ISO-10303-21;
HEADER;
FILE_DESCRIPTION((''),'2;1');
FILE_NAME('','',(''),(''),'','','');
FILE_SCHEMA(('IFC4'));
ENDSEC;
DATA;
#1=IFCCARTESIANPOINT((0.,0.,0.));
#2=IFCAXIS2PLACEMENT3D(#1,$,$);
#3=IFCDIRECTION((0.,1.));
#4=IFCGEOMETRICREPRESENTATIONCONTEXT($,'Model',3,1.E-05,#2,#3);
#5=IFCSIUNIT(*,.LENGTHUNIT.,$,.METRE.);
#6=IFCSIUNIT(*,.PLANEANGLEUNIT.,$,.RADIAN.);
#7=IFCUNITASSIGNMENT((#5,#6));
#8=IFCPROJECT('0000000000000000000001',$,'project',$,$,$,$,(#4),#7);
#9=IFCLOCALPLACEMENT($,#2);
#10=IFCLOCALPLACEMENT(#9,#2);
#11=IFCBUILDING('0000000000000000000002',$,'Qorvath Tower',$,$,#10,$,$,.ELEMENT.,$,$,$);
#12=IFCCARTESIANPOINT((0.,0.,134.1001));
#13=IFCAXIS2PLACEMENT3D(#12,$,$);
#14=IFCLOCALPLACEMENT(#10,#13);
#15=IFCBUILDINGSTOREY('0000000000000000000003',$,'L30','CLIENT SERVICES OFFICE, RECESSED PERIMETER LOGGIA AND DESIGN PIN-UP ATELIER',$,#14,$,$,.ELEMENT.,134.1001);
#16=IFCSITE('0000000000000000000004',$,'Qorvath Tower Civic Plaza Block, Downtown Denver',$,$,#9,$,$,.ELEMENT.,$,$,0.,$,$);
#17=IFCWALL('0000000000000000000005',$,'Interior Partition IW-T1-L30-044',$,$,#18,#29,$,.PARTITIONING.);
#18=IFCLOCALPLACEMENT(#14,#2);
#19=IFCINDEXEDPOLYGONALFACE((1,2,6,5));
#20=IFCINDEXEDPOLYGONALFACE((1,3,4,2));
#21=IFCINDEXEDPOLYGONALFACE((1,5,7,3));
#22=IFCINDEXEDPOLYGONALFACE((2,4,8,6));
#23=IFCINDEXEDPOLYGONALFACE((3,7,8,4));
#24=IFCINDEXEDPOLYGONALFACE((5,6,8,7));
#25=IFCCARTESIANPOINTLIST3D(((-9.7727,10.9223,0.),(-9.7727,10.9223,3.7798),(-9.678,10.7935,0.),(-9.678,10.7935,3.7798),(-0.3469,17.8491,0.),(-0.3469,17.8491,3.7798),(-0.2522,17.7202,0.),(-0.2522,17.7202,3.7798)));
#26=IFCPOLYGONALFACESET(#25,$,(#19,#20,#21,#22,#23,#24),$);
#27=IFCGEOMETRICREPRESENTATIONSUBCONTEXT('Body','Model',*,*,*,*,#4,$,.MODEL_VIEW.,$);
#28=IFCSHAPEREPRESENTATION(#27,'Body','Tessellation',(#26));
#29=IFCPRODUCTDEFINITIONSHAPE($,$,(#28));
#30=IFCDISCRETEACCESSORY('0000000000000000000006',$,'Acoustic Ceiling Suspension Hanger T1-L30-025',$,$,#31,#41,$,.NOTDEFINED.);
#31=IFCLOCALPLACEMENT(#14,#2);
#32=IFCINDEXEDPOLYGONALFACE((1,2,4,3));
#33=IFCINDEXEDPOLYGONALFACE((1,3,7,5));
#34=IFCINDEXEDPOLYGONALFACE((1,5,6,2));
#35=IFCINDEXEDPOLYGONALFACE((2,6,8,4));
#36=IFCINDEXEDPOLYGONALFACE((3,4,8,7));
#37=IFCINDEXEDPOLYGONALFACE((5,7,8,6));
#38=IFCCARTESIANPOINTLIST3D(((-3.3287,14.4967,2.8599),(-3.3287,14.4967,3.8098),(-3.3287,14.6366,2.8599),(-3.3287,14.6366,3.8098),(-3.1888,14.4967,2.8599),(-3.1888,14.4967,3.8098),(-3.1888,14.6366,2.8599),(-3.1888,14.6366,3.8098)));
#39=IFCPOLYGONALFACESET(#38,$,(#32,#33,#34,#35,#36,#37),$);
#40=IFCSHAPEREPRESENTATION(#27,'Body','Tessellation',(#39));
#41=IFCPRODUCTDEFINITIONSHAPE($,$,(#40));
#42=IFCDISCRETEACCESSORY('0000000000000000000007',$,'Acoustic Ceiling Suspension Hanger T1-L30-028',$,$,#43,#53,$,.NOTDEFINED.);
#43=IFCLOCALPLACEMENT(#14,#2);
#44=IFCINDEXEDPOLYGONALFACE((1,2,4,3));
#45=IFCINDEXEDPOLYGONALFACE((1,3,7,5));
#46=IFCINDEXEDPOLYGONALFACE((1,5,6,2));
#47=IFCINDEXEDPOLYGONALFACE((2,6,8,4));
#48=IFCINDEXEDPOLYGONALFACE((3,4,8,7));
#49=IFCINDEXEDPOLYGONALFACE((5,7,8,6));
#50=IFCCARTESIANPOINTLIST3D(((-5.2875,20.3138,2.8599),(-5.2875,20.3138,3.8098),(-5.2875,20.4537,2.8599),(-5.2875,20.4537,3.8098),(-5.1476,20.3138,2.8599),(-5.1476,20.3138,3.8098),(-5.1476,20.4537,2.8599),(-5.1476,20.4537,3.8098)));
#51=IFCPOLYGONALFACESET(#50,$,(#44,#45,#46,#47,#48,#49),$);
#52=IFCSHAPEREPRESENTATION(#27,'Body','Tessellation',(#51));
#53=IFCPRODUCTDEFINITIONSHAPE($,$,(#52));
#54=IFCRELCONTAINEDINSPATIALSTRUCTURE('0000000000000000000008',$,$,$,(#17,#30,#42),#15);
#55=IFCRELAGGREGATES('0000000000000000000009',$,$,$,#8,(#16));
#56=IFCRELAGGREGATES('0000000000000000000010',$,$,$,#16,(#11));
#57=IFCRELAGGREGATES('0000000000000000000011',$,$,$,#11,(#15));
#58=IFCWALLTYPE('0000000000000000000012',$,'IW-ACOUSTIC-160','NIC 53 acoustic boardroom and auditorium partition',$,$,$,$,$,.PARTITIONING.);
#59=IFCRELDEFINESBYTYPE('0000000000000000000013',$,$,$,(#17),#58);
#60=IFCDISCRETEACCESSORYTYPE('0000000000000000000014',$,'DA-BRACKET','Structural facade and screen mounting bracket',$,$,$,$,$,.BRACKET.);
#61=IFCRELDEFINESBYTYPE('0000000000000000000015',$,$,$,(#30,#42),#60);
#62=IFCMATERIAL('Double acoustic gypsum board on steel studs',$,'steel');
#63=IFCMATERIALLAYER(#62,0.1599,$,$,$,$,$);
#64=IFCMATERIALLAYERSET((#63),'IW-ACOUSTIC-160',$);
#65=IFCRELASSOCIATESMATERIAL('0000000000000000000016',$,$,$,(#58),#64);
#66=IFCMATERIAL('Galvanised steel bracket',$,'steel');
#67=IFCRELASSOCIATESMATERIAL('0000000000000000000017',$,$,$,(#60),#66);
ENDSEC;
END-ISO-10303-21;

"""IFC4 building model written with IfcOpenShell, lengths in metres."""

from ifc_helpers import new_model, si_unit, direction, frame, frame_2d, origin, origin_2d, place, context, subcontext, project, spatial, rectangle, extrude, material, layer, layer_set, type_object, element, save


model = new_model("IFC4")

# Units and contexts
model_context = context("Model", 3, precision=1e-05, world=origin(), true_north=direction((0.0, 1.0)))
body_context = subcontext(model_context, "Body", "Model", "MODEL_VIEW")
ifc_project = project(units=[si_unit("LENGTHUNIT", "METRE"), si_unit("PLANEANGLEUNIT", "RADIAN")], contexts=[model_context])

# Site, building, storey
site_placement = place(None, origin())
site = spatial("IfcSite", under=ifc_project, at=site_placement, Name="Qorvath Tower Civic Plaza Block, Downtown Denver", CompositionType="ELEMENT", RefElevation=0.0)
building_placement = place(site_placement, origin())
building = spatial("IfcBuilding", under=site, at=building_placement, Name="Qorvath Tower", CompositionType="ELEMENT")
storey_placement = place(building_placement, frame((0.0, 0.0, 134.1001)))
storey = spatial("IfcBuildingStorey", under=building, at=storey_placement, Name="L30", Description="CLIENT SERVICES OFFICE, RECESSED PERIMETER LOGGIA AND DESIGN PIN-UP ATELIER", CompositionType="ELEMENT", Elevation=134.1001)

# Shared definitions
ifc_material_1 = material(Name="Double acoustic gypsum board on steel studs", Category="steel")
ifc_layer_1 = layer(ifc_material_1, 0.1599)
ifc_layer_set_1 = layer_set([ifc_layer_1], Name="IW-ACOUSTIC-160")
wall_type = type_object("IfcWallType", Name="IW-ACOUSTIC-160", Description="NIC 53 acoustic boardroom and auditorium partition", PredefinedType="PARTITIONING", material=ifc_layer_set_1)

# Wall
wall_1_placement = place(storey_placement, frame((-0.2996, 17.7847, 0.0), z_axis=(0.0, 0.0, 1.0), x_axis=(-0.805813, -0.59217, 0.0)))
element("IfcWall", 1, at=wall_1_placement, inside=storey, type_object=wall_type, Name="Interior Partition IW-T1-L30-044", PredefinedType="PARTITIONING", context=body_context, shape_type="SweptSolid", body=[
    extrude(rectangle(XDim=11.6973, YDim=0.1599, at=frame_2d((5.8486, 0.0))), origin(), (0.0, 0.0, 1.0), 3.7798),
])

# Discrete accessories
ifc_material_2 = material(Name="Galvanised steel bracket", Category="steel")
discrete_accessory_type = type_object("IfcDiscreteAccessoryType", Name="DA-BRACKET", Description="Structural facade and screen mounting bracket", PredefinedType="BRACKET", material=ifc_material_2)
for number, where, z_axis, x_axis, name in (
    (2, (-3.2588, 14.5667, 2.8599), (0.0, 0.0, 1.0), (1.0, 0.0, 0.0), "Acoustic Ceiling Suspension Hanger T1-L30-025"),
    (3, (-5.2175, 20.3838, 2.8599), (0.0, 0.0, 1.0), (1.0, 0.0, 0.0), "Acoustic Ceiling Suspension Hanger T1-L30-028"),
):
    element("IfcDiscreteAccessory", number, at=place(storey_placement, frame(where, z_axis=z_axis, x_axis=x_axis)), inside=storey, type_object=discrete_accessory_type, Name=name, PredefinedType="NOTDEFINED", context=body_context, shape_type="SweptSolid", body=[
        extrude(rectangle(XDim=0.1399, YDim=0.1399, at=origin_2d()), origin(), (0.0, 0.0, 1.0), 0.95),
    ])

save(model, "model.ifc")
